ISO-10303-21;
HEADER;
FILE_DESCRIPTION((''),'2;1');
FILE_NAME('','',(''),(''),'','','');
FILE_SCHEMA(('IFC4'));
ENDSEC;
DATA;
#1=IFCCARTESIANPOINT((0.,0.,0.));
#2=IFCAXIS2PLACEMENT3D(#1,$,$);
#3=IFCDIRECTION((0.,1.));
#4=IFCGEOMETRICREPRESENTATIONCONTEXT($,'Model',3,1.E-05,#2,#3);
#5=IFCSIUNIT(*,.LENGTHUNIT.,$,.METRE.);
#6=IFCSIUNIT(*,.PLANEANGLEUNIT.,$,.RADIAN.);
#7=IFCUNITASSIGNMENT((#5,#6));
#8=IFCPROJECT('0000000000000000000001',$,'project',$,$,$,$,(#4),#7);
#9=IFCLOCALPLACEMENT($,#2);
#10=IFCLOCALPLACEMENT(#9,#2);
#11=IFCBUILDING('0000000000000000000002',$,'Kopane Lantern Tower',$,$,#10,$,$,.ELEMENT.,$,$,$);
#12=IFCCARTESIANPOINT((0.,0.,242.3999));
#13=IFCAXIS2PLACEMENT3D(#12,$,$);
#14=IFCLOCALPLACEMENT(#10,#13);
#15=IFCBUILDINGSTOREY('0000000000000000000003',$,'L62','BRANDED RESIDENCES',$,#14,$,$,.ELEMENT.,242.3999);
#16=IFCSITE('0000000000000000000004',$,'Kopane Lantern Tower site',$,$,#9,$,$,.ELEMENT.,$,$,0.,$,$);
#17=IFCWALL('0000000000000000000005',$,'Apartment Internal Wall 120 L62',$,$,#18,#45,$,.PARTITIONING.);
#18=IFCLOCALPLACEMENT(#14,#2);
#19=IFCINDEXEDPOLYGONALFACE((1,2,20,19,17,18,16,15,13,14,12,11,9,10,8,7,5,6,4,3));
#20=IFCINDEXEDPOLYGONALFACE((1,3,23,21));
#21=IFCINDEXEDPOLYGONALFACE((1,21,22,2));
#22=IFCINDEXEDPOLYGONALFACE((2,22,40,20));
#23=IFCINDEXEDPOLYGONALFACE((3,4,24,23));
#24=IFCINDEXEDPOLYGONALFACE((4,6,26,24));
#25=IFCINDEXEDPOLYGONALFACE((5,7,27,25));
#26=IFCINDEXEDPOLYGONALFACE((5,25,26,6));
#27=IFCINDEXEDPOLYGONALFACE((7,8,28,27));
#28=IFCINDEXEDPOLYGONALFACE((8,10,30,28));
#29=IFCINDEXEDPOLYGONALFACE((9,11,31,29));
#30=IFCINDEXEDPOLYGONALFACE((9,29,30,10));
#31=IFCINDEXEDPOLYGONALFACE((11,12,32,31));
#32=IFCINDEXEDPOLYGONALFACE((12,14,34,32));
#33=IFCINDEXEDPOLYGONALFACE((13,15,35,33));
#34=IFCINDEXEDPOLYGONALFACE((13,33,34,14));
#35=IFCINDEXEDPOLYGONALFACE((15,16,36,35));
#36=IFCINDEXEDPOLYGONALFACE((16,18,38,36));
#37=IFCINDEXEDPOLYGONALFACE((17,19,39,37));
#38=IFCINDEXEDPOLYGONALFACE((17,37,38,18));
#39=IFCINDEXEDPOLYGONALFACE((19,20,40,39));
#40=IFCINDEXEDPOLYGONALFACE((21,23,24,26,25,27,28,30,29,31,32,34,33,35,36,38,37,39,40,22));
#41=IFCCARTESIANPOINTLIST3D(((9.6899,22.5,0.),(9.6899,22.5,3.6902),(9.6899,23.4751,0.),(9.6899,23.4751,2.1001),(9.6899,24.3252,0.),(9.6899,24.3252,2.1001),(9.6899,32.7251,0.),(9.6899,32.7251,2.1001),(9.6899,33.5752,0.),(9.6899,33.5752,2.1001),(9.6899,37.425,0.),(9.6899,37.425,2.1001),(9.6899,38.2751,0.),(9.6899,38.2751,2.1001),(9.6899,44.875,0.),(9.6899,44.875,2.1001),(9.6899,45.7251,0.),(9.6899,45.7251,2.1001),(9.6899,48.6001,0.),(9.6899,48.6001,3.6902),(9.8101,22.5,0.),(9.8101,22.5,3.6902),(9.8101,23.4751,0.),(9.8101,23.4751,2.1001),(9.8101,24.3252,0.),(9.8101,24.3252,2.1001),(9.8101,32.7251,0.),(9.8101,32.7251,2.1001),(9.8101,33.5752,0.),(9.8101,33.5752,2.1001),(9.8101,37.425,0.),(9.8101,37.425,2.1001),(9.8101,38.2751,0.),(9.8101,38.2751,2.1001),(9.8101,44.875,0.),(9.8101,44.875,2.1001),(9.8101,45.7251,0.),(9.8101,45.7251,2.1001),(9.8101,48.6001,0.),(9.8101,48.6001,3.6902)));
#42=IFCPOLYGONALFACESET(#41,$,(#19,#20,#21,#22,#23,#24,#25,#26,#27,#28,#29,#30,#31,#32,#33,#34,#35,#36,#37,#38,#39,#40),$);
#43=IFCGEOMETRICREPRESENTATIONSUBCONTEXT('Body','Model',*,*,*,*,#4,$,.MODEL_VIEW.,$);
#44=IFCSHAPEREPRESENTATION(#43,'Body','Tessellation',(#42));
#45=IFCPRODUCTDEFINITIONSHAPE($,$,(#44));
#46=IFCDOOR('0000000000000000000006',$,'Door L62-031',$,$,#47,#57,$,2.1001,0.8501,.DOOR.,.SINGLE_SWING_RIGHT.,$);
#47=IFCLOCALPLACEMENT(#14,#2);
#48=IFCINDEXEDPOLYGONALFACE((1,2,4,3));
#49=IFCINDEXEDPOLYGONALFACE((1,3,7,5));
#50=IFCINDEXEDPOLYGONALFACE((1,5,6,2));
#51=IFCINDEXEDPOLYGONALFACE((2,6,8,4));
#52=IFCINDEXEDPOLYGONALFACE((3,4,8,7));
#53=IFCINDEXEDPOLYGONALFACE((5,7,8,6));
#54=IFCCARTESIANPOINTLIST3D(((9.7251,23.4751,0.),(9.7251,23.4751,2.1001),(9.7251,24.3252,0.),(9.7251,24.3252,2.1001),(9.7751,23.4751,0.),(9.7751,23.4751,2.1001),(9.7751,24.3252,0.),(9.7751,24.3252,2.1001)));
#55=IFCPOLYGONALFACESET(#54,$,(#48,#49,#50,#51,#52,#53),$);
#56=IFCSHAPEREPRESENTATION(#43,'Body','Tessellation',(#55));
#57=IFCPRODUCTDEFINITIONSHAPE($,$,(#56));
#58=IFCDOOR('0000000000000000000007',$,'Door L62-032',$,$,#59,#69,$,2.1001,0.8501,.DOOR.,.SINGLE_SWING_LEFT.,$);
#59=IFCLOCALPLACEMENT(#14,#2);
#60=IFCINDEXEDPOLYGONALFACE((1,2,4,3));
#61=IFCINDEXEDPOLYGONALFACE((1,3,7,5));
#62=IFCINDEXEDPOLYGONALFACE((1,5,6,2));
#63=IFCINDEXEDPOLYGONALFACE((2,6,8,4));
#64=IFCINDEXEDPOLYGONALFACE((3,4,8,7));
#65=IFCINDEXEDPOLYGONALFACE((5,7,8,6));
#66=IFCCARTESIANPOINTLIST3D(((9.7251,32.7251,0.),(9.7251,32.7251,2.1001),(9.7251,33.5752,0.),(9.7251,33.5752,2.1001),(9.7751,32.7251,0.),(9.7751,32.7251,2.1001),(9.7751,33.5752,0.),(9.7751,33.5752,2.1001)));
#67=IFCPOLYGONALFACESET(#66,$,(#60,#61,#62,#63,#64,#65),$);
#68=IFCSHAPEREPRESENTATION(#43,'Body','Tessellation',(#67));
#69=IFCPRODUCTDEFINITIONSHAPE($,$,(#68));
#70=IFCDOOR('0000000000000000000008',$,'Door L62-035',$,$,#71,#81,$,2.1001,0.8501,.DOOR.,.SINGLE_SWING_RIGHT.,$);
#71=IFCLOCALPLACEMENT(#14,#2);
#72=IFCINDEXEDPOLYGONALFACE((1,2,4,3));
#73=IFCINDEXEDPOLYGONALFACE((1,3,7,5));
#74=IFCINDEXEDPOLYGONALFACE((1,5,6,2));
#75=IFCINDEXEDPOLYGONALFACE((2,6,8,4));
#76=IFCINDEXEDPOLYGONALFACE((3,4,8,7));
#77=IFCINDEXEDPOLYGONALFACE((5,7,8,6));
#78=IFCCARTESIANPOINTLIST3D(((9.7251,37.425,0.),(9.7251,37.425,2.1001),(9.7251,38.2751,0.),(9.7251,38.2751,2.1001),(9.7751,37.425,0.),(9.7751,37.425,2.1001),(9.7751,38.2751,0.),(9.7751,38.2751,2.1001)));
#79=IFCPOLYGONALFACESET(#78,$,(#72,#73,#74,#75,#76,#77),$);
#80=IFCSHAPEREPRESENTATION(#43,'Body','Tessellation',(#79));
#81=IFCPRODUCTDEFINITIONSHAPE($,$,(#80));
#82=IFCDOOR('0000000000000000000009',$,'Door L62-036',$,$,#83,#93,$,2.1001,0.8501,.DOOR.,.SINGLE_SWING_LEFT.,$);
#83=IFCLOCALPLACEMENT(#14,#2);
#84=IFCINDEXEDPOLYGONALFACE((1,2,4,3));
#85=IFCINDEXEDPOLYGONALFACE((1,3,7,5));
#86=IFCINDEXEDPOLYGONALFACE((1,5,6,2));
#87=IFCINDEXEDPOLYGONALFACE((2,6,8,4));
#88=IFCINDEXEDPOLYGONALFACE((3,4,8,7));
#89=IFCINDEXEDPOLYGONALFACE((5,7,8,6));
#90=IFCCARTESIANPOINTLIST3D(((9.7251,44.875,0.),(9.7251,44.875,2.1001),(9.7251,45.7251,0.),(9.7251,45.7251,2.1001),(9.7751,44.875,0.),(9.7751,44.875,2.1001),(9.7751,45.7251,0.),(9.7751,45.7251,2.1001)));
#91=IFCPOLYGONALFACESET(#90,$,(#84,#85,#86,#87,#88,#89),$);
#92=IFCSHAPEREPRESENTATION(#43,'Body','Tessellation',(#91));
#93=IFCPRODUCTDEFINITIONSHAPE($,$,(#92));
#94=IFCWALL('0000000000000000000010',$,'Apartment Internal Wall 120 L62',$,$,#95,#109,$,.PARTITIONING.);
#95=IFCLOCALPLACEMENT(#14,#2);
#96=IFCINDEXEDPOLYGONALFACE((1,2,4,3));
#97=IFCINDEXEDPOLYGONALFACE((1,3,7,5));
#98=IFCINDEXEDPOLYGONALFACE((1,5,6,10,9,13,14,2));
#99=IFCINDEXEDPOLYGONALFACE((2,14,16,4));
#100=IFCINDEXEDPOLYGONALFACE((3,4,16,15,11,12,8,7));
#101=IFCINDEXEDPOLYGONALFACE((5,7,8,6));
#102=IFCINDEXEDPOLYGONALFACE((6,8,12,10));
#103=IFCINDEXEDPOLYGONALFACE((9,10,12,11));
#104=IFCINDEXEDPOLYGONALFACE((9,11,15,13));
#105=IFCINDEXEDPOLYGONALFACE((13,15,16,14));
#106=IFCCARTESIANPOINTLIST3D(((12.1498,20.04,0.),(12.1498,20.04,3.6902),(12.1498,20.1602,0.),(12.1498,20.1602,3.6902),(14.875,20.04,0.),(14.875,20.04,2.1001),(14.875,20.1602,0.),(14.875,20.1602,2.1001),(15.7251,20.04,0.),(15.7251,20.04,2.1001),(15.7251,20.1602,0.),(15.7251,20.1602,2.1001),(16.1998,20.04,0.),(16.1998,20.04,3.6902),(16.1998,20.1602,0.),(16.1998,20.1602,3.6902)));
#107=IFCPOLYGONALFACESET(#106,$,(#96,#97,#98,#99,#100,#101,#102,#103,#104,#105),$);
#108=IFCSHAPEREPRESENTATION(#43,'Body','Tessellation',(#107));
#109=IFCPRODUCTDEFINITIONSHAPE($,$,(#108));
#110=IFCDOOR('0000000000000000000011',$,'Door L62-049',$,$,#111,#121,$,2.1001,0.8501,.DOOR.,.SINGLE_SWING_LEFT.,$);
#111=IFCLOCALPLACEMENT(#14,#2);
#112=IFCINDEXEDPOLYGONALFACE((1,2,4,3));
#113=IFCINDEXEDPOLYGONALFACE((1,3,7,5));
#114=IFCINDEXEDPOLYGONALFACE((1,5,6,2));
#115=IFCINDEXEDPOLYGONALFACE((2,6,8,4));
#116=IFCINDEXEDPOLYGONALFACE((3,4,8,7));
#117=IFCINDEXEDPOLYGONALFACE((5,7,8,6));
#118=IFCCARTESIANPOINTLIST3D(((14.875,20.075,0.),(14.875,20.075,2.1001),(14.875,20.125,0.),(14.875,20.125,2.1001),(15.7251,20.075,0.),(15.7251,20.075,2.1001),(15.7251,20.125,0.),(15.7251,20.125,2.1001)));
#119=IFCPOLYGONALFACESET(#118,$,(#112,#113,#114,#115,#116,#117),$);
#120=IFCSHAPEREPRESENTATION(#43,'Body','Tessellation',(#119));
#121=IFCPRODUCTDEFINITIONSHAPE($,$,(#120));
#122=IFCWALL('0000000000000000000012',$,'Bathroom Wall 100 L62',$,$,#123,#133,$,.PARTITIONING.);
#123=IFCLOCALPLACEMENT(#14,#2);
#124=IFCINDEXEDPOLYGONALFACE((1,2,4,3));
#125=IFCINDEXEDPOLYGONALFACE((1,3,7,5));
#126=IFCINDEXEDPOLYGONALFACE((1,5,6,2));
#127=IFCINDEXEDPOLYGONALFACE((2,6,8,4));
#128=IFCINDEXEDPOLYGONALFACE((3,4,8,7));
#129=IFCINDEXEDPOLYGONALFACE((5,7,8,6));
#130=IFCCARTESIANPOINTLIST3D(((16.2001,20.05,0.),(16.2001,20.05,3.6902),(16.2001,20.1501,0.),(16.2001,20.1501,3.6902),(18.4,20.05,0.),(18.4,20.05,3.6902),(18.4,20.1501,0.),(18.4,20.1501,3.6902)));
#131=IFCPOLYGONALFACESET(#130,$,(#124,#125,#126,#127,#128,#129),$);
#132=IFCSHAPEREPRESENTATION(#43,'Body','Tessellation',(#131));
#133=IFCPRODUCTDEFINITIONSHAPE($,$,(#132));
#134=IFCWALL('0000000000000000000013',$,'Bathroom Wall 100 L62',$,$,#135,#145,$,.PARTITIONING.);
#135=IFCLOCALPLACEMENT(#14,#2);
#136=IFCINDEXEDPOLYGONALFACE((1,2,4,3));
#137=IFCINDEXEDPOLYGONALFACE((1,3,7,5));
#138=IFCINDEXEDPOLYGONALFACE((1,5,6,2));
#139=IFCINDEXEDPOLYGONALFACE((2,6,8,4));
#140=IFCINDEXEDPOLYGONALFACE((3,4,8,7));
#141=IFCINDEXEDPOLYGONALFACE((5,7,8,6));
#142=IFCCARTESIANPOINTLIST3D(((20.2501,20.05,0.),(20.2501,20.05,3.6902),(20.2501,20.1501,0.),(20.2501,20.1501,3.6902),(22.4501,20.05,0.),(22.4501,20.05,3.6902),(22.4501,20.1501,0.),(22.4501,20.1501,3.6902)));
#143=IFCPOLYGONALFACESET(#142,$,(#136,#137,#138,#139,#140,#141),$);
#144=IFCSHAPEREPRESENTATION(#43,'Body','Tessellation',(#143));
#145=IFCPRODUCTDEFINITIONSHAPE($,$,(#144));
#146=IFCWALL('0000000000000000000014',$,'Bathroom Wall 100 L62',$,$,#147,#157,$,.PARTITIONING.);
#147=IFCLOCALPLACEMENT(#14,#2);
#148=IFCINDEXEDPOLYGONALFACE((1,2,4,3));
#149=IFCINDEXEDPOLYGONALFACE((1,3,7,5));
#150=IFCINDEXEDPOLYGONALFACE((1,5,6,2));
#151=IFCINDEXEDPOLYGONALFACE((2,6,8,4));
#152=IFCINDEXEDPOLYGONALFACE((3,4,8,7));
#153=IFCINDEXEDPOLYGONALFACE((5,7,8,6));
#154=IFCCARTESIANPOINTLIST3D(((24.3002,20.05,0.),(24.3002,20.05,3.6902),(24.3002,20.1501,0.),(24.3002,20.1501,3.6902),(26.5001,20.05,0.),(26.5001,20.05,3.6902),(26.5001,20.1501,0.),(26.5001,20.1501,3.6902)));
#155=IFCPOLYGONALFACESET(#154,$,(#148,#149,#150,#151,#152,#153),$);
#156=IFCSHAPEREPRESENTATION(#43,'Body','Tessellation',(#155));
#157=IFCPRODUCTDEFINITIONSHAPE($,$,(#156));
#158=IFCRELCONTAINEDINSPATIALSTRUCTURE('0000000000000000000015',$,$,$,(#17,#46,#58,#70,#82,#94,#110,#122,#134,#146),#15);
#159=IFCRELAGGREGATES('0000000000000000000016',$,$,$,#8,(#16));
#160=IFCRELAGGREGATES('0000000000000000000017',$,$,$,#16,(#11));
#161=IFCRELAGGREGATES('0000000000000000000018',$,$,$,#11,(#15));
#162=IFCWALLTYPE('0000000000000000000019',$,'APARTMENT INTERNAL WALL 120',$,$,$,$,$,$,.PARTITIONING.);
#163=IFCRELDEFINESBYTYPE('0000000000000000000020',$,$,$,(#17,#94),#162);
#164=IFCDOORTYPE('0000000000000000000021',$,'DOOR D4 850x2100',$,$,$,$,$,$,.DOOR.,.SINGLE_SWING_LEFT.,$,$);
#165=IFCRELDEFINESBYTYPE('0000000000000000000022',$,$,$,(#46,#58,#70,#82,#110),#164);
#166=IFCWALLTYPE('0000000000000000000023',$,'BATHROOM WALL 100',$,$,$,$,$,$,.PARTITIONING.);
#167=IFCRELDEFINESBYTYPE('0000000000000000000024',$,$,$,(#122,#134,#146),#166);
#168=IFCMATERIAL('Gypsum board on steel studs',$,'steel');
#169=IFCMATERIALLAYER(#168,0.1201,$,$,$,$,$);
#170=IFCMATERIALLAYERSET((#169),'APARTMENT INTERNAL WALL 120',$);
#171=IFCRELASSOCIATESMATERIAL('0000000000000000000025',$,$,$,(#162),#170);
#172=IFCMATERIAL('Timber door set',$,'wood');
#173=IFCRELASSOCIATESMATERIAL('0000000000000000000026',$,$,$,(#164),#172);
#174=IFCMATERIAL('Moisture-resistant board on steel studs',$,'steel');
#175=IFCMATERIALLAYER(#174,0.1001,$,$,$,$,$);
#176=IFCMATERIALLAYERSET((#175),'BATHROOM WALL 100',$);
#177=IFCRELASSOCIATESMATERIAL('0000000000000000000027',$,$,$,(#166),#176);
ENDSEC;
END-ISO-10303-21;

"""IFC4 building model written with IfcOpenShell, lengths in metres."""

from ifc_helpers import new_model, si_unit, direction, frame, frame_2d, origin, place, context, subcontext, project, spatial, rectangle, extrude, material, layer, layer_set, type_object, element, fill, save


model = new_model("IFC4")

# Units and contexts
model_context = context("Model", 3, precision=1e-05, world=origin(), true_north=direction((0.0, 1.0)))
body_context = subcontext(model_context, "Body", "Model", "MODEL_VIEW")
ifc_project = project(units=[si_unit("LENGTHUNIT", "METRE"), si_unit("PLANEANGLEUNIT", "RADIAN")], contexts=[model_context])

# Site, building, storey
site_placement = place(None, origin())
site = spatial("IfcSite", under=ifc_project, at=site_placement, Name="Kopane Lantern Tower site", CompositionType="ELEMENT", RefElevation=0.0)
building_placement = place(site_placement, origin())
building = spatial("IfcBuilding", under=site, at=building_placement, Name="Kopane Lantern Tower", CompositionType="ELEMENT")
storey_placement = place(building_placement, frame((0.0, 0.0, 242.3999)))
storey = spatial("IfcBuildingStorey", under=building, at=storey_placement, Name="L62", Description="BRANDED RESIDENCES", CompositionType="ELEMENT", Elevation=242.3999)

# Wall, openings, doors
ifc_material_1 = material(Name="Gypsum board on steel studs", Category="steel")
ifc_layer_1 = layer(ifc_material_1, 0.1201)
ifc_layer_set_1 = layer_set([ifc_layer_1], Name="APARTMENT INTERNAL WALL 120")
wall_type_1 = type_object("IfcWallType", Name="APARTMENT INTERNAL WALL 120", PredefinedType="PARTITIONING", material=ifc_layer_set_1)
wall_1_placement = place(storey_placement, frame((9.75, 22.5, 0.0), z_axis=(0.0, 0.0, 1.0), x_axis=(0.0, 1.0, 0.0)))
wall_1 = element("IfcWall", 1, at=wall_1_placement, inside=storey, type_object=wall_type_1, Name="Apartment Internal Wall 120 L62", PredefinedType="PARTITIONING", context=body_context, shape_type="SweptSolid", body=[
    extrude(rectangle(XDim=26.1001, YDim=0.1201, at=frame_2d((13.05, 0.0))), origin(), (0.0, 0.0, 1.0), 3.6902),
])
opening_1_placement = place(wall_1_placement, frame((0.9751, 0.0, 0.0)))
opening_1 = element("IfcOpeningElement", 2, at=opening_1_placement, cuts=wall_1, PredefinedType="OPENING", context=body_context, shape_type="SweptSolid", body=[
    extrude(rectangle(XDim=0.8501, YDim=2.1001, at=frame_2d((0.425, 1.05))), frame((0.0, 0.0701, 0.0), z_axis=(0.0, -1.0, 0.0), x_axis=(1.0, 0.0, 0.0)), (0.0, 0.0, 1.0), 0.1401),
])
opening_2_placement = place(wall_1_placement, frame((10.2251, 0.0, 0.0)))
opening_2 = element("IfcOpeningElement", 3, at=opening_2_placement, cuts=wall_1, PredefinedType="OPENING", context=body_context, shape_type="SweptSolid", body=[
    extrude(rectangle(XDim=0.8501, YDim=2.1001, at=frame_2d((0.425, 1.05))), frame((0.0, 0.0701, 0.0), z_axis=(0.0, -1.0, 0.0), x_axis=(1.0, 0.0, 0.0)), (0.0, 0.0, 1.0), 0.1401),
])
opening_3_placement = place(wall_1_placement, frame((14.925, 0.0, 0.0)))
opening_3 = element("IfcOpeningElement", 4, at=opening_3_placement, cuts=wall_1, PredefinedType="OPENING", context=body_context, shape_type="SweptSolid", body=[
    extrude(rectangle(XDim=0.8501, YDim=2.1001, at=frame_2d((0.425, 1.05))), frame((0.0, 0.0701, 0.0), z_axis=(0.0, -1.0, 0.0), x_axis=(1.0, 0.0, 0.0)), (0.0, 0.0, 1.0), 0.1401),
])
opening_4_placement = place(wall_1_placement, frame((22.375, 0.0, 0.0)))
opening_4 = element("IfcOpeningElement", 5, at=opening_4_placement, cuts=wall_1, PredefinedType="OPENING", context=body_context, shape_type="SweptSolid", body=[
    extrude(rectangle(XDim=0.8501, YDim=2.1001, at=frame_2d((0.425, 1.05))), frame((0.0, 0.0701, 0.0), z_axis=(0.0, -1.0, 0.0), x_axis=(1.0, 0.0, 0.0)), (0.0, 0.0, 1.0), 0.1401),
])
ifc_material_2 = material(Name="Timber door set", Category="wood")
door_type_1 = type_object("IfcDoorType", Name="DOOR D4 850x2100", OperationType="SINGLE_SWING_LEFT", PredefinedType="DOOR", material=ifc_material_2)
door_1_placement = place(opening_1_placement, origin())
door_1 = element("IfcDoor", 6, at=door_1_placement, inside=storey, type_object=door_type_1, Name="Door L62-031", OperationType="SINGLE_SWING_RIGHT", OverallHeight=2.1001, OverallWidth=0.8501, PredefinedType="DOOR", context=body_context, shape_type="SweptSolid", body=[
    extrude(rectangle(XDim=0.8501, YDim=2.1001, at=frame_2d((0.425, 1.05))), frame((0.0, 0.0249, 0.0), z_axis=(0.0, -1.0, 0.0), x_axis=(1.0, 0.0, 0.0)), (0.0, 0.0, 1.0), 0.05),
])
fill(opening_1, door_1)
door_2_placement = place(opening_2_placement, origin())
door_2 = element("IfcDoor", 7, at=door_2_placement, inside=storey, type_object=door_type_1, Name="Door L62-032", OperationType="SINGLE_SWING_LEFT", OverallHeight=2.1001, OverallWidth=0.8501, PredefinedType="DOOR", context=body_context, shape_type="SweptSolid", body=[
    extrude(rectangle(XDim=0.8501, YDim=2.1001, at=frame_2d((0.425, 1.05))), frame((0.0, 0.0249, 0.0), z_axis=(0.0, -1.0, 0.0), x_axis=(1.0, 0.0, 0.0)), (0.0, 0.0, 1.0), 0.05),
])
fill(opening_2, door_2)
door_3_placement = place(opening_3_placement, origin())
door_3 = element("IfcDoor", 8, at=door_3_placement, inside=storey, type_object=door_type_1, Name="Door L62-035", OperationType="SINGLE_SWING_RIGHT", OverallHeight=2.1001, OverallWidth=0.8501, PredefinedType="DOOR", context=body_context, shape_type="SweptSolid", body=[
    extrude(rectangle(XDim=0.8501, YDim=2.1001, at=frame_2d((0.425, 1.05))), frame((0.0, 0.0249, 0.0), z_axis=(0.0, -1.0, 0.0), x_axis=(1.0, 0.0, 0.0)), (0.0, 0.0, 1.0), 0.05),
])
fill(opening_3, door_3)
door_4_placement = place(opening_4_placement, origin())
door_4 = element("IfcDoor", 9, at=door_4_placement, inside=storey, type_object=door_type_1, Name="Door L62-036", OperationType="SINGLE_SWING_LEFT", OverallHeight=2.1001, OverallWidth=0.8501, PredefinedType="DOOR", context=body_context, shape_type="SweptSolid", body=[
    extrude(rectangle(XDim=0.8501, YDim=2.1001, at=frame_2d((0.425, 1.05))), frame((0.0, 0.0249, 0.0), z_axis=(0.0, -1.0, 0.0), x_axis=(1.0, 0.0, 0.0)), (0.0, 0.0, 1.0), 0.05),
])
fill(opening_4, door_4)

# Wall, opening, door
wall_2_placement = place(storey_placement, frame((12.1499, 20.1001, 0.0), z_axis=(0.0, 0.0, 1.0), x_axis=(1.0, 0.0, 0.0)))
wall_2 = element("IfcWall", 10, at=wall_2_placement, inside=storey, type_object=wall_type_1, Name="Apartment Internal Wall 120 L62", PredefinedType="PARTITIONING", context=body_context, shape_type="SweptSolid", body=[
    extrude(rectangle(XDim=4.05, YDim=0.1201, at=frame_2d((2.0249, 0.0))), origin(), (0.0, 0.0, 1.0), 3.6902),
])
opening_5_placement = place(wall_2_placement, frame((2.7251, 0.0, 0.0)))
opening_5 = element("IfcOpeningElement", 11, at=opening_5_placement, cuts=wall_2, PredefinedType="OPENING", context=body_context, shape_type="SweptSolid", body=[
    extrude(rectangle(XDim=0.8501, YDim=2.1001, at=frame_2d((0.425, 1.05))), frame((0.0, 0.0701, 0.0), z_axis=(0.0, -1.0, 0.0), x_axis=(1.0, 0.0, 0.0)), (0.0, 0.0, 1.0), 0.1401),
])
door_5_placement = place(opening_5_placement, origin())
door_5 = element("IfcDoor", 12, at=door_5_placement, inside=storey, type_object=door_type_1, Name="Door L62-049", OperationType="SINGLE_SWING_LEFT", OverallHeight=2.1001, OverallWidth=0.8501, PredefinedType="DOOR", context=body_context, shape_type="SweptSolid", body=[
    extrude(rectangle(XDim=0.8501, YDim=2.1001, at=frame_2d((0.425, 1.05))), frame((0.0, 0.0249, 0.0), z_axis=(0.0, -1.0, 0.0), x_axis=(1.0, 0.0, 0.0)), (0.0, 0.0, 1.0), 0.05),
])
fill(opening_5, door_5)

# Walls
ifc_material_3 = material(Name="Moisture-resistant board on steel studs", Category="steel")
ifc_layer_2 = layer(ifc_material_3, 0.1001)
ifc_layer_set_2 = layer_set([ifc_layer_2], Name="BATHROOM WALL 100")
wall_type_2 = type_object("IfcWallType", Name="BATHROOM WALL 100", PredefinedType="PARTITIONING", material=ifc_layer_set_2)
for number, where, z_axis, x_axis, name in (
    (13, (16.2, 20.1001, 0.0), (0.0, 0.0, 1.0), (1.0, 0.0, 0.0), "Bathroom Wall 100 L62"),
    (14, (20.25, 20.1001, 0.0), (0.0, 0.0, 1.0), (1.0, 0.0, 0.0), "Bathroom Wall 100 L62"),
    (15, (24.3, 20.1001, 0.0), (0.0, 0.0, 1.0), (1.0, 0.0, 0.0), "Bathroom Wall 100 L62"),
):
    element("IfcWall", number, at=place(storey_placement, frame(where, z_axis=z_axis, x_axis=x_axis)), inside=storey, type_object=wall_type_2, Name=name, PredefinedType="PARTITIONING", context=body_context, shape_type="SweptSolid", body=[
        extrude(rectangle(XDim=2.2, YDim=0.1001, at=frame_2d((1.1001, 0.0))), origin(), (0.0, 0.0, 1.0), 3.6902),
    ])

save(model, "model.ifc")
